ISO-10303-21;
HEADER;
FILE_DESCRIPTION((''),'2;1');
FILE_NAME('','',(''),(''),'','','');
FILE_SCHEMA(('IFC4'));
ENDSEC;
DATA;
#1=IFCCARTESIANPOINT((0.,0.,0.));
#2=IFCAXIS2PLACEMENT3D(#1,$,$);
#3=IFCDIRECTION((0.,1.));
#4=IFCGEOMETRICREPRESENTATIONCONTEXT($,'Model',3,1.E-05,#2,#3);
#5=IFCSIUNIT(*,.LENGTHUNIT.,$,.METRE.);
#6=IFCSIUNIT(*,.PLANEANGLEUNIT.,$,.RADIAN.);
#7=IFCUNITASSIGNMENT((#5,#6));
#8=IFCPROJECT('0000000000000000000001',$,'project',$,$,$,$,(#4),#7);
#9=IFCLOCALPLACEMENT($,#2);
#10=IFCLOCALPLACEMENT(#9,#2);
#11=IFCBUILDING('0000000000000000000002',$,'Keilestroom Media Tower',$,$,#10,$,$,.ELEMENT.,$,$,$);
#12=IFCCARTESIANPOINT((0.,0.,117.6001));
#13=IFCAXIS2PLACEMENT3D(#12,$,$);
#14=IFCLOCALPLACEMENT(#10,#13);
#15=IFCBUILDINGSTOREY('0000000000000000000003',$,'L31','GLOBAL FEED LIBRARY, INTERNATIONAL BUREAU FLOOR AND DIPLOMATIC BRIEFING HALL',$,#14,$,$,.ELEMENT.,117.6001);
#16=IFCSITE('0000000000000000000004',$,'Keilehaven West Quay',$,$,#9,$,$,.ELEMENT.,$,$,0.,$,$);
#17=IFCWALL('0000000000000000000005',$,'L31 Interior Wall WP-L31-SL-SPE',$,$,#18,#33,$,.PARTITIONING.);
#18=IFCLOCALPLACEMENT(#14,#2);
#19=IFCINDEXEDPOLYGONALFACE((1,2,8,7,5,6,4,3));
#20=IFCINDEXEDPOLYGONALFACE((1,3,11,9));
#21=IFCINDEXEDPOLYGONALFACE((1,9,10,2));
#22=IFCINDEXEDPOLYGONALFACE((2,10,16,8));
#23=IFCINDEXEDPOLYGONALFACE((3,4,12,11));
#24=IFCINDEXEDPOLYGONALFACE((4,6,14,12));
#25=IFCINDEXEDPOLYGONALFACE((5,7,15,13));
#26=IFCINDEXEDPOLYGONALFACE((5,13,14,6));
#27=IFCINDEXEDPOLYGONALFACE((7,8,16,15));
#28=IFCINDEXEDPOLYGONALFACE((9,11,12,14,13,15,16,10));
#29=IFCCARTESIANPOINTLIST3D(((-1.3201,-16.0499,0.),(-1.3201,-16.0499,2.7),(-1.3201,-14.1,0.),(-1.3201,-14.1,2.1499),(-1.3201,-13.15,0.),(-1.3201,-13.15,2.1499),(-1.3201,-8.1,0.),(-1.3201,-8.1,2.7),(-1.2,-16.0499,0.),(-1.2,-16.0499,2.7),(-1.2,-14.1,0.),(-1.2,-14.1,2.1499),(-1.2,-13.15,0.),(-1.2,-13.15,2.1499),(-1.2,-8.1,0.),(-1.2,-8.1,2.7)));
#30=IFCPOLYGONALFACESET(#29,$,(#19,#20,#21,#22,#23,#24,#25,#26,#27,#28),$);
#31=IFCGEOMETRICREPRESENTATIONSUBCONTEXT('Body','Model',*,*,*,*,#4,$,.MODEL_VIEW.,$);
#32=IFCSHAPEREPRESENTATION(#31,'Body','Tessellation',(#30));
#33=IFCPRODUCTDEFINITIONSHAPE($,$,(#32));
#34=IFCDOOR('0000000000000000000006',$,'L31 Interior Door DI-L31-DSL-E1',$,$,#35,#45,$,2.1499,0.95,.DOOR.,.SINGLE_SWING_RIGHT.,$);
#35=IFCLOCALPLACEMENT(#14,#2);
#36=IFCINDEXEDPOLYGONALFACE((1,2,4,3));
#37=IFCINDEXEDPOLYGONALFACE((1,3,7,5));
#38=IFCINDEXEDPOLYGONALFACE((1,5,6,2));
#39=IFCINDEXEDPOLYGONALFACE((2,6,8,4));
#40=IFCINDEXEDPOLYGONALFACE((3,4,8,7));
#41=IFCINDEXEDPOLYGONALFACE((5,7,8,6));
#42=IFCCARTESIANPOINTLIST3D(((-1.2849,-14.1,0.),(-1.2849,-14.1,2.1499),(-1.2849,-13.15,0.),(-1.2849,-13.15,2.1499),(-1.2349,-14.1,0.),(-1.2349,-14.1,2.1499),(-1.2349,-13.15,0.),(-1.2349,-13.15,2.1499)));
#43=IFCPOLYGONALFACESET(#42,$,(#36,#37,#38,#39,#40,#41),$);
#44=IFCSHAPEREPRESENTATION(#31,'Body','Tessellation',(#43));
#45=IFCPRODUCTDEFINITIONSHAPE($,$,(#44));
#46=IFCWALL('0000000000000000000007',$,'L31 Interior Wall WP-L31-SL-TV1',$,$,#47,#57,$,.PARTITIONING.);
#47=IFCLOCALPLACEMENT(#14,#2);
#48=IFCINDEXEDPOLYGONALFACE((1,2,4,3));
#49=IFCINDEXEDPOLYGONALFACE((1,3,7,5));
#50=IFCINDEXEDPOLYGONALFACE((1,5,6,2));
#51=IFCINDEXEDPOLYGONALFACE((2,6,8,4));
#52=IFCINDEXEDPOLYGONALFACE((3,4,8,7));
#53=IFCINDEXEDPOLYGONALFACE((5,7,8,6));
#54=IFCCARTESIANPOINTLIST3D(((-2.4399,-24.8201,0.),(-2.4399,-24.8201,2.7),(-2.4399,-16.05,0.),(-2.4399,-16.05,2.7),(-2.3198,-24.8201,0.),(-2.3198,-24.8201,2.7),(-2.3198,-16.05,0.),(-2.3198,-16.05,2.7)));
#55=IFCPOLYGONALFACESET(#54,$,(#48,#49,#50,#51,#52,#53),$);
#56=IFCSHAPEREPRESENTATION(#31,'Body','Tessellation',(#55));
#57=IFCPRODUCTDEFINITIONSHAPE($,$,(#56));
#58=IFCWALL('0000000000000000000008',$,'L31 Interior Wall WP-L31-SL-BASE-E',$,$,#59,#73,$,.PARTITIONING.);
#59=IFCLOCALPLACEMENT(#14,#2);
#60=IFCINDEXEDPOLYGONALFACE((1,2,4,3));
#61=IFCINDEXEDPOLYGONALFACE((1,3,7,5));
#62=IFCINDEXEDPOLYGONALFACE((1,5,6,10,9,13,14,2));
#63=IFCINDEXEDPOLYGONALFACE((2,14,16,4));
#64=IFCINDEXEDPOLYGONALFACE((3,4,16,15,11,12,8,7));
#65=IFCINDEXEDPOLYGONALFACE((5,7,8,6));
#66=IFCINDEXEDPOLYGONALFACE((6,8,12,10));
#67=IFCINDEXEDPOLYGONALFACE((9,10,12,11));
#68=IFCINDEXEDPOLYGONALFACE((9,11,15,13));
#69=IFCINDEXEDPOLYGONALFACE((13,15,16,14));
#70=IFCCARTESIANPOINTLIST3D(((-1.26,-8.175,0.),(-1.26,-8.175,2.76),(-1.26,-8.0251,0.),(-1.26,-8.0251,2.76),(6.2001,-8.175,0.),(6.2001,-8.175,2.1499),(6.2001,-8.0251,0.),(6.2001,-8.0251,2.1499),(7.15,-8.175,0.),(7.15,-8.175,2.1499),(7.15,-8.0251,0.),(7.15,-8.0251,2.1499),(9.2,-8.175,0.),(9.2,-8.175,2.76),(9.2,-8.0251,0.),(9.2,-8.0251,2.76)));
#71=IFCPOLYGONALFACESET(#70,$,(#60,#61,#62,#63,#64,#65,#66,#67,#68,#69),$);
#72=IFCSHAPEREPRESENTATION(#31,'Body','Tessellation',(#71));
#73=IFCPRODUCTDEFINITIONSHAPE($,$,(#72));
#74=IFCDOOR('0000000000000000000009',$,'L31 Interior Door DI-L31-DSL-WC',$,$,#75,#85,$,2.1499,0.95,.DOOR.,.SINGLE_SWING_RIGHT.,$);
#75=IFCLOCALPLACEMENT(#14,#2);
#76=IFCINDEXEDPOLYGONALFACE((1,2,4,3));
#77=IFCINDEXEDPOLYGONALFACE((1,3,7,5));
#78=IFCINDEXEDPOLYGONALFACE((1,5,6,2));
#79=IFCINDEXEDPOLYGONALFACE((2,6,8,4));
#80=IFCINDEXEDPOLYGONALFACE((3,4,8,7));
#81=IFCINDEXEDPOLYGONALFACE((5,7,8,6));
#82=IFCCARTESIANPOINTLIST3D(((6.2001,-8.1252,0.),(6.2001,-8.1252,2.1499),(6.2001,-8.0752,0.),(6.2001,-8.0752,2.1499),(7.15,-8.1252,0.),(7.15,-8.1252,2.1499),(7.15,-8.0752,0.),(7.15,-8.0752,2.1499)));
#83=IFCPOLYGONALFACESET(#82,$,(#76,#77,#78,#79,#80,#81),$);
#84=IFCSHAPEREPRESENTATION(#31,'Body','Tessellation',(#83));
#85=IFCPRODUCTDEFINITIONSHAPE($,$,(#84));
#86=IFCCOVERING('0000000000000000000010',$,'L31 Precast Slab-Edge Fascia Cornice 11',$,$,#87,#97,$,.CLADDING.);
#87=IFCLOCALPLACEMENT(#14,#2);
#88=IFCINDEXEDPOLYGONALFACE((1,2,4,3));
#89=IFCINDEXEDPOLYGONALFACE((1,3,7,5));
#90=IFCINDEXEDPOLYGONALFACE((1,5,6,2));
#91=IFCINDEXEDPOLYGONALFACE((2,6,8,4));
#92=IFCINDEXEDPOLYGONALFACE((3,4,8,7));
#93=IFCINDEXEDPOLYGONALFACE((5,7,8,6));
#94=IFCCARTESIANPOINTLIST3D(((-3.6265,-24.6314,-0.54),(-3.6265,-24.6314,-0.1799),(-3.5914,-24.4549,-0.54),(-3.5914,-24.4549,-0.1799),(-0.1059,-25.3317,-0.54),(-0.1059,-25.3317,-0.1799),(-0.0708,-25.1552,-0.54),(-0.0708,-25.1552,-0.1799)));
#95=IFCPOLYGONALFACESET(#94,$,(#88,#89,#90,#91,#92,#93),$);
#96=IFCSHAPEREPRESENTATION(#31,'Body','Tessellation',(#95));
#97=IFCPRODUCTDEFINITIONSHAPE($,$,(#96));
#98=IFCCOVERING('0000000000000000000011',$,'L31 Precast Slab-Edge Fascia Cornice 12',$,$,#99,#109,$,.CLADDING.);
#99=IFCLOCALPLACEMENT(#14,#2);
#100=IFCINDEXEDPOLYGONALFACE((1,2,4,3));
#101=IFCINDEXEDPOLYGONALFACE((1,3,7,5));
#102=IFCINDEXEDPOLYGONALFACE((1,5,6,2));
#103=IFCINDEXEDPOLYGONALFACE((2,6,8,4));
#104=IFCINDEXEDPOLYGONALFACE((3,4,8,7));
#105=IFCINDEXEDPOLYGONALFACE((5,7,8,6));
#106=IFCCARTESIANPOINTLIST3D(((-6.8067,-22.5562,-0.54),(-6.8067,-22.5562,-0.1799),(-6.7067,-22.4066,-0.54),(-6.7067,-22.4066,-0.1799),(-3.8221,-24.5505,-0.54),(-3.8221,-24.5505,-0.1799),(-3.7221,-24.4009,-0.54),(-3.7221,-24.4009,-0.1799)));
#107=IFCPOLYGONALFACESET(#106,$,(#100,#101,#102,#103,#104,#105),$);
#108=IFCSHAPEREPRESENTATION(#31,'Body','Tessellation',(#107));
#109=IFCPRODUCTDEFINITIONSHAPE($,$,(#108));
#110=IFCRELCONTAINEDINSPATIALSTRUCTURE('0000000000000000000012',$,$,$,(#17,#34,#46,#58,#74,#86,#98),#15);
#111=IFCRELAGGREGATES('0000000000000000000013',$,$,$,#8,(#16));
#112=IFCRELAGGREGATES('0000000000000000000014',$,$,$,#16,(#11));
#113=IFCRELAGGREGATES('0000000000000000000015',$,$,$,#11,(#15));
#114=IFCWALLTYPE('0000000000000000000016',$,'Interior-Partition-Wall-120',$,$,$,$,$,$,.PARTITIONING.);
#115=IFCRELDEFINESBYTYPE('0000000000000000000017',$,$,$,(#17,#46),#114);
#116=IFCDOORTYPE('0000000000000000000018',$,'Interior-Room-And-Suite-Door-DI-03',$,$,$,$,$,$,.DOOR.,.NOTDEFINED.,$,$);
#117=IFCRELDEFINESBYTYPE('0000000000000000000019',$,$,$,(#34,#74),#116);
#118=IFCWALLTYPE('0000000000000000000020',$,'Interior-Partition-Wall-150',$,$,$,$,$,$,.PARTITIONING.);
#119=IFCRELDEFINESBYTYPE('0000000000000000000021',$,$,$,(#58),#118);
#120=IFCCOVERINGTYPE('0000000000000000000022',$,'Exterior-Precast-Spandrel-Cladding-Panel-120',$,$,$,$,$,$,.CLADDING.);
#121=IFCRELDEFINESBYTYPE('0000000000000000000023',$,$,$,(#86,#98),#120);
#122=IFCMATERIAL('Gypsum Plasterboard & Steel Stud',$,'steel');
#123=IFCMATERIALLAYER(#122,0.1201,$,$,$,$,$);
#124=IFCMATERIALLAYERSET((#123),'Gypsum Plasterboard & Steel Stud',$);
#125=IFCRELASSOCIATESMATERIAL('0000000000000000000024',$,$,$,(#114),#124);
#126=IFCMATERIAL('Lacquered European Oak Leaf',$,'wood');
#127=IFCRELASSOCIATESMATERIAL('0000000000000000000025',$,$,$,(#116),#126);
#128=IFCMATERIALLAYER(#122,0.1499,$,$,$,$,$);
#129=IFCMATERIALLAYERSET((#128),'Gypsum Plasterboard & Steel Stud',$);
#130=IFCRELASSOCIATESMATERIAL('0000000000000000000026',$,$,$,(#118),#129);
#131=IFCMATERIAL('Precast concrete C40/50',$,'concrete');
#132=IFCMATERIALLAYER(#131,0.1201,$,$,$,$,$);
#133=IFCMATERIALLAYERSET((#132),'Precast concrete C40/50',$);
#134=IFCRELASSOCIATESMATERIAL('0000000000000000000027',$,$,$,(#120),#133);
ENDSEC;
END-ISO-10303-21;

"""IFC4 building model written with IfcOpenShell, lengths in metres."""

from ifc_helpers import new_model, si_unit, direction, frame, frame_2d, origin, origin_2d, place, context, subcontext, project, spatial, rectangle, extrude, source, transform, mapped, material, layer, layer_set, type_object, element, fill, save


model = new_model("IFC4")

# Units and contexts
model_context = context("Model", 3, precision=1e-05, world=origin(), true_north=direction((0.0, 1.0)))
body_context = subcontext(model_context, "Body", "Model", "MODEL_VIEW")
ifc_project = project(units=[si_unit("LENGTHUNIT", "METRE"), si_unit("PLANEANGLEUNIT", "RADIAN")], contexts=[model_context])

# Site, building, storey
site_placement = place(None, origin())
site = spatial("IfcSite", under=ifc_project, at=site_placement, Name="Keilehaven West Quay", CompositionType="ELEMENT", RefElevation=0.0)
building_placement = place(site_placement, origin())
building = spatial("IfcBuilding", under=site, at=building_placement, Name="Keilestroom Media Tower", CompositionType="ELEMENT")
storey_placement = place(building_placement, frame((0.0, 0.0, 117.6001)))
storey = spatial("IfcBuildingStorey", under=building, at=storey_placement, Name="L31", Description="GLOBAL FEED LIBRARY, INTERNATIONAL BUREAU FLOOR AND DIPLOMATIC BRIEFING HALL", CompositionType="ELEMENT", Elevation=117.6001)

# Shared definitions
ifc_material_1 = material(Name="Precast concrete C40/50", Category="concrete")

# Wall, opening, door
ifc_material_2 = material(Name="Gypsum Plasterboard & Steel Stud", Category="steel")
ifc_layer_1 = layer(ifc_material_2, 0.1201)
ifc_layer_set_1 = layer_set([ifc_layer_1], Name="Gypsum Plasterboard & Steel Stud")
wall_type_1 = type_object("IfcWallType", Name="Interior-Partition-Wall-120", PredefinedType="PARTITIONING", material=ifc_layer_set_1)
ifc_material_3 = material(Name="Lacquered European Oak Leaf", Category="wood")
door_type = type_object("IfcDoorType", Name="Interior-Room-And-Suite-Door-DI-03", OperationType="NOTDEFINED", PredefinedType="DOOR", material=ifc_material_3)
shared_shape_1 = source(origin(), body_context, "Body", "SweptSolid", [
    extrude(rectangle(XDim=0.95, YDim=2.1499, at=frame_2d((0.4751, 1.075))), frame((0.0, 0.0249, 0.0), z_axis=(0.0, -1.0, 0.0), x_axis=(1.0, 0.0, 0.0)), (0.0, 0.0, 1.0), 0.05),
])
wall_1_placement = place(storey_placement, frame((-1.26, -16.05, 0.0), z_axis=(0.0, 0.0, 1.0), x_axis=(0.0, 1.0, 0.0)))
wall_1 = element("IfcWall", 1, at=wall_1_placement, inside=storey, type_object=wall_type_1, Name="L31 Interior Wall WP-L31-SL-SPE", PredefinedType="PARTITIONING", context=body_context, shape_type="SweptSolid", body=[
    extrude(rectangle(XDim=7.95, YDim=0.1201, at=frame_2d((3.9751, 0.0))), origin(), (0.0, 0.0, 1.0), 2.7),
])
opening_1_placement = place(wall_1_placement, frame((1.95, 0.0, 0.0)))
opening_1 = element("IfcOpeningElement", 2, at=opening_1_placement, cuts=wall_1, PredefinedType="OPENING", context=body_context, shape_type="SweptSolid", body=[
    extrude(rectangle(XDim=0.95, YDim=2.1499, at=frame_2d((0.4751, 1.075))), frame((0.0, 0.0701, 0.0), z_axis=(0.0, -1.0, 0.0), x_axis=(1.0, 0.0, 0.0)), (0.0, 0.0, 1.0), 0.1401),
])
door_1_placement = place(opening_1_placement, origin())
door_1 = element("IfcDoor", 3, at=door_1_placement, inside=storey, type_object=door_type, Name="L31 Interior Door DI-L31-DSL-E1", OperationType="SINGLE_SWING_RIGHT", OverallHeight=2.1499, OverallWidth=0.95, PredefinedType="DOOR", context=body_context, shape_type="MappedRepresentation", body=[
    mapped(shared_shape_1, transform((0.0, 0.0, 0.0), x_axis=(1.0, 0.0, 0.0), y_axis=(0.0, 1.0, 0.0), z_axis=(0.0, 0.0, 1.0), scale=1.0)),
])
fill(opening_1, door_1)

# Wall
wall_2_placement = place(storey_placement, frame((-2.3799, -24.8201, 0.0), z_axis=(0.0, 0.0, 1.0), x_axis=(0.0, 1.0, 0.0)))
element("IfcWall", 4, at=wall_2_placement, inside=storey, type_object=wall_type_1, Name="L31 Interior Wall WP-L31-SL-TV1", PredefinedType="PARTITIONING", context=body_context, shape_type="SweptSolid", body=[
    extrude(rectangle(XDim=8.77, YDim=0.1201, at=frame_2d((4.385, 0.0))), origin(), (0.0, 0.0, 1.0), 2.7),
])

# Wall, opening, door
ifc_layer_2 = layer(ifc_material_2, 0.1499)
ifc_layer_set_2 = layer_set([ifc_layer_2], Name="Gypsum Plasterboard & Steel Stud")
wall_type_2 = type_object("IfcWallType", Name="Interior-Partition-Wall-150", PredefinedType="PARTITIONING", material=ifc_layer_set_2)
wall_3_placement = place(storey_placement, frame((-1.26, -8.1001, 0.0), z_axis=(0.0, 0.0, 1.0), x_axis=(1.0, 0.0, 0.0)))
wall_3 = element("IfcWall", 5, at=wall_3_placement, inside=storey, type_object=wall_type_2, Name="L31 Interior Wall WP-L31-SL-BASE-E", PredefinedType="PARTITIONING", context=body_context, shape_type="SweptSolid", body=[
    extrude(rectangle(XDim=10.46, YDim=0.1499, at=frame_2d((5.23, 0.0))), origin(), (0.0, 0.0, 1.0), 2.76),
])
opening_2_placement = place(wall_3_placement, frame((7.46, 0.0, 0.0)))
opening_2 = element("IfcOpeningElement", 6, at=opening_2_placement, cuts=wall_3, PredefinedType="OPENING", context=body_context, shape_type="SweptSolid", body=[
    extrude(rectangle(XDim=0.95, YDim=2.1499, at=frame_2d((0.4751, 1.075))), frame((0.0, 0.085, 0.0), z_axis=(0.0, -1.0, 0.0), x_axis=(1.0, 0.0, 0.0)), (0.0, 0.0, 1.0), 0.1699),
])
door_2_placement = place(opening_2_placement, origin())
door_2 = element("IfcDoor", 7, at=door_2_placement, inside=storey, type_object=door_type, Name="L31 Interior Door DI-L31-DSL-WC", OperationType="SINGLE_SWING_RIGHT", OverallHeight=2.1499, OverallWidth=0.95, PredefinedType="DOOR", context=body_context, shape_type="MappedRepresentation", body=[
    mapped(shared_shape_1, transform((0.0, 0.0, 0.0), x_axis=(1.0, 0.0, 0.0), y_axis=(0.0, 1.0, 0.0), z_axis=(0.0, 0.0, 1.0), scale=1.0)),
])
fill(opening_2, door_2)

# Coverings
ifc_layer_3 = layer(ifc_material_1, 0.1201)
ifc_layer_set_3 = layer_set([ifc_layer_3], Name="Precast concrete C40/50")
covering_type = type_object("IfcCoveringType", Name="Exterior-Precast-Spandrel-Cladding-Panel-120", PredefinedType="CLADDING", material=ifc_layer_set_3)
shared_shape_2 = source(origin(), body_context, "Body", "SweptSolid", [
    extrude(rectangle(XDim=3.5896, YDim=0.1799, at=origin_2d()), origin(), (0.0, 0.0, 1.0), 0.3601),
])
for number, where, z_axis, x_axis, name in (
    (8, (-1.8486, -24.8933, -0.54), (0.0, 0.0, 1.0), (-0.980784, 0.195099, 0.0), "L31 Precast Slab-Edge Fascia Cornice 11"),
    (9, (-5.2644, -23.4785, -0.54), (0.0, 0.0, 1.0), (-0.831467, 0.555575, 0.0), "L31 Precast Slab-Edge Fascia Cornice 12"),
):
    element("IfcCovering", number, at=place(storey_placement, frame(where, z_axis=z_axis, x_axis=x_axis)), inside=storey, type_object=covering_type, Name=name, PredefinedType="CLADDING", context=body_context, shape_type="MappedRepresentation", body=[
        mapped(shared_shape_2, transform((0.0, 0.0, 0.0), x_axis=(1.0, 0.0, 0.0), y_axis=(0.0, 1.0, 0.0), z_axis=(0.0, 0.0, 1.0), scale=1.0)),
    ])

save(model, "model.ifc")
